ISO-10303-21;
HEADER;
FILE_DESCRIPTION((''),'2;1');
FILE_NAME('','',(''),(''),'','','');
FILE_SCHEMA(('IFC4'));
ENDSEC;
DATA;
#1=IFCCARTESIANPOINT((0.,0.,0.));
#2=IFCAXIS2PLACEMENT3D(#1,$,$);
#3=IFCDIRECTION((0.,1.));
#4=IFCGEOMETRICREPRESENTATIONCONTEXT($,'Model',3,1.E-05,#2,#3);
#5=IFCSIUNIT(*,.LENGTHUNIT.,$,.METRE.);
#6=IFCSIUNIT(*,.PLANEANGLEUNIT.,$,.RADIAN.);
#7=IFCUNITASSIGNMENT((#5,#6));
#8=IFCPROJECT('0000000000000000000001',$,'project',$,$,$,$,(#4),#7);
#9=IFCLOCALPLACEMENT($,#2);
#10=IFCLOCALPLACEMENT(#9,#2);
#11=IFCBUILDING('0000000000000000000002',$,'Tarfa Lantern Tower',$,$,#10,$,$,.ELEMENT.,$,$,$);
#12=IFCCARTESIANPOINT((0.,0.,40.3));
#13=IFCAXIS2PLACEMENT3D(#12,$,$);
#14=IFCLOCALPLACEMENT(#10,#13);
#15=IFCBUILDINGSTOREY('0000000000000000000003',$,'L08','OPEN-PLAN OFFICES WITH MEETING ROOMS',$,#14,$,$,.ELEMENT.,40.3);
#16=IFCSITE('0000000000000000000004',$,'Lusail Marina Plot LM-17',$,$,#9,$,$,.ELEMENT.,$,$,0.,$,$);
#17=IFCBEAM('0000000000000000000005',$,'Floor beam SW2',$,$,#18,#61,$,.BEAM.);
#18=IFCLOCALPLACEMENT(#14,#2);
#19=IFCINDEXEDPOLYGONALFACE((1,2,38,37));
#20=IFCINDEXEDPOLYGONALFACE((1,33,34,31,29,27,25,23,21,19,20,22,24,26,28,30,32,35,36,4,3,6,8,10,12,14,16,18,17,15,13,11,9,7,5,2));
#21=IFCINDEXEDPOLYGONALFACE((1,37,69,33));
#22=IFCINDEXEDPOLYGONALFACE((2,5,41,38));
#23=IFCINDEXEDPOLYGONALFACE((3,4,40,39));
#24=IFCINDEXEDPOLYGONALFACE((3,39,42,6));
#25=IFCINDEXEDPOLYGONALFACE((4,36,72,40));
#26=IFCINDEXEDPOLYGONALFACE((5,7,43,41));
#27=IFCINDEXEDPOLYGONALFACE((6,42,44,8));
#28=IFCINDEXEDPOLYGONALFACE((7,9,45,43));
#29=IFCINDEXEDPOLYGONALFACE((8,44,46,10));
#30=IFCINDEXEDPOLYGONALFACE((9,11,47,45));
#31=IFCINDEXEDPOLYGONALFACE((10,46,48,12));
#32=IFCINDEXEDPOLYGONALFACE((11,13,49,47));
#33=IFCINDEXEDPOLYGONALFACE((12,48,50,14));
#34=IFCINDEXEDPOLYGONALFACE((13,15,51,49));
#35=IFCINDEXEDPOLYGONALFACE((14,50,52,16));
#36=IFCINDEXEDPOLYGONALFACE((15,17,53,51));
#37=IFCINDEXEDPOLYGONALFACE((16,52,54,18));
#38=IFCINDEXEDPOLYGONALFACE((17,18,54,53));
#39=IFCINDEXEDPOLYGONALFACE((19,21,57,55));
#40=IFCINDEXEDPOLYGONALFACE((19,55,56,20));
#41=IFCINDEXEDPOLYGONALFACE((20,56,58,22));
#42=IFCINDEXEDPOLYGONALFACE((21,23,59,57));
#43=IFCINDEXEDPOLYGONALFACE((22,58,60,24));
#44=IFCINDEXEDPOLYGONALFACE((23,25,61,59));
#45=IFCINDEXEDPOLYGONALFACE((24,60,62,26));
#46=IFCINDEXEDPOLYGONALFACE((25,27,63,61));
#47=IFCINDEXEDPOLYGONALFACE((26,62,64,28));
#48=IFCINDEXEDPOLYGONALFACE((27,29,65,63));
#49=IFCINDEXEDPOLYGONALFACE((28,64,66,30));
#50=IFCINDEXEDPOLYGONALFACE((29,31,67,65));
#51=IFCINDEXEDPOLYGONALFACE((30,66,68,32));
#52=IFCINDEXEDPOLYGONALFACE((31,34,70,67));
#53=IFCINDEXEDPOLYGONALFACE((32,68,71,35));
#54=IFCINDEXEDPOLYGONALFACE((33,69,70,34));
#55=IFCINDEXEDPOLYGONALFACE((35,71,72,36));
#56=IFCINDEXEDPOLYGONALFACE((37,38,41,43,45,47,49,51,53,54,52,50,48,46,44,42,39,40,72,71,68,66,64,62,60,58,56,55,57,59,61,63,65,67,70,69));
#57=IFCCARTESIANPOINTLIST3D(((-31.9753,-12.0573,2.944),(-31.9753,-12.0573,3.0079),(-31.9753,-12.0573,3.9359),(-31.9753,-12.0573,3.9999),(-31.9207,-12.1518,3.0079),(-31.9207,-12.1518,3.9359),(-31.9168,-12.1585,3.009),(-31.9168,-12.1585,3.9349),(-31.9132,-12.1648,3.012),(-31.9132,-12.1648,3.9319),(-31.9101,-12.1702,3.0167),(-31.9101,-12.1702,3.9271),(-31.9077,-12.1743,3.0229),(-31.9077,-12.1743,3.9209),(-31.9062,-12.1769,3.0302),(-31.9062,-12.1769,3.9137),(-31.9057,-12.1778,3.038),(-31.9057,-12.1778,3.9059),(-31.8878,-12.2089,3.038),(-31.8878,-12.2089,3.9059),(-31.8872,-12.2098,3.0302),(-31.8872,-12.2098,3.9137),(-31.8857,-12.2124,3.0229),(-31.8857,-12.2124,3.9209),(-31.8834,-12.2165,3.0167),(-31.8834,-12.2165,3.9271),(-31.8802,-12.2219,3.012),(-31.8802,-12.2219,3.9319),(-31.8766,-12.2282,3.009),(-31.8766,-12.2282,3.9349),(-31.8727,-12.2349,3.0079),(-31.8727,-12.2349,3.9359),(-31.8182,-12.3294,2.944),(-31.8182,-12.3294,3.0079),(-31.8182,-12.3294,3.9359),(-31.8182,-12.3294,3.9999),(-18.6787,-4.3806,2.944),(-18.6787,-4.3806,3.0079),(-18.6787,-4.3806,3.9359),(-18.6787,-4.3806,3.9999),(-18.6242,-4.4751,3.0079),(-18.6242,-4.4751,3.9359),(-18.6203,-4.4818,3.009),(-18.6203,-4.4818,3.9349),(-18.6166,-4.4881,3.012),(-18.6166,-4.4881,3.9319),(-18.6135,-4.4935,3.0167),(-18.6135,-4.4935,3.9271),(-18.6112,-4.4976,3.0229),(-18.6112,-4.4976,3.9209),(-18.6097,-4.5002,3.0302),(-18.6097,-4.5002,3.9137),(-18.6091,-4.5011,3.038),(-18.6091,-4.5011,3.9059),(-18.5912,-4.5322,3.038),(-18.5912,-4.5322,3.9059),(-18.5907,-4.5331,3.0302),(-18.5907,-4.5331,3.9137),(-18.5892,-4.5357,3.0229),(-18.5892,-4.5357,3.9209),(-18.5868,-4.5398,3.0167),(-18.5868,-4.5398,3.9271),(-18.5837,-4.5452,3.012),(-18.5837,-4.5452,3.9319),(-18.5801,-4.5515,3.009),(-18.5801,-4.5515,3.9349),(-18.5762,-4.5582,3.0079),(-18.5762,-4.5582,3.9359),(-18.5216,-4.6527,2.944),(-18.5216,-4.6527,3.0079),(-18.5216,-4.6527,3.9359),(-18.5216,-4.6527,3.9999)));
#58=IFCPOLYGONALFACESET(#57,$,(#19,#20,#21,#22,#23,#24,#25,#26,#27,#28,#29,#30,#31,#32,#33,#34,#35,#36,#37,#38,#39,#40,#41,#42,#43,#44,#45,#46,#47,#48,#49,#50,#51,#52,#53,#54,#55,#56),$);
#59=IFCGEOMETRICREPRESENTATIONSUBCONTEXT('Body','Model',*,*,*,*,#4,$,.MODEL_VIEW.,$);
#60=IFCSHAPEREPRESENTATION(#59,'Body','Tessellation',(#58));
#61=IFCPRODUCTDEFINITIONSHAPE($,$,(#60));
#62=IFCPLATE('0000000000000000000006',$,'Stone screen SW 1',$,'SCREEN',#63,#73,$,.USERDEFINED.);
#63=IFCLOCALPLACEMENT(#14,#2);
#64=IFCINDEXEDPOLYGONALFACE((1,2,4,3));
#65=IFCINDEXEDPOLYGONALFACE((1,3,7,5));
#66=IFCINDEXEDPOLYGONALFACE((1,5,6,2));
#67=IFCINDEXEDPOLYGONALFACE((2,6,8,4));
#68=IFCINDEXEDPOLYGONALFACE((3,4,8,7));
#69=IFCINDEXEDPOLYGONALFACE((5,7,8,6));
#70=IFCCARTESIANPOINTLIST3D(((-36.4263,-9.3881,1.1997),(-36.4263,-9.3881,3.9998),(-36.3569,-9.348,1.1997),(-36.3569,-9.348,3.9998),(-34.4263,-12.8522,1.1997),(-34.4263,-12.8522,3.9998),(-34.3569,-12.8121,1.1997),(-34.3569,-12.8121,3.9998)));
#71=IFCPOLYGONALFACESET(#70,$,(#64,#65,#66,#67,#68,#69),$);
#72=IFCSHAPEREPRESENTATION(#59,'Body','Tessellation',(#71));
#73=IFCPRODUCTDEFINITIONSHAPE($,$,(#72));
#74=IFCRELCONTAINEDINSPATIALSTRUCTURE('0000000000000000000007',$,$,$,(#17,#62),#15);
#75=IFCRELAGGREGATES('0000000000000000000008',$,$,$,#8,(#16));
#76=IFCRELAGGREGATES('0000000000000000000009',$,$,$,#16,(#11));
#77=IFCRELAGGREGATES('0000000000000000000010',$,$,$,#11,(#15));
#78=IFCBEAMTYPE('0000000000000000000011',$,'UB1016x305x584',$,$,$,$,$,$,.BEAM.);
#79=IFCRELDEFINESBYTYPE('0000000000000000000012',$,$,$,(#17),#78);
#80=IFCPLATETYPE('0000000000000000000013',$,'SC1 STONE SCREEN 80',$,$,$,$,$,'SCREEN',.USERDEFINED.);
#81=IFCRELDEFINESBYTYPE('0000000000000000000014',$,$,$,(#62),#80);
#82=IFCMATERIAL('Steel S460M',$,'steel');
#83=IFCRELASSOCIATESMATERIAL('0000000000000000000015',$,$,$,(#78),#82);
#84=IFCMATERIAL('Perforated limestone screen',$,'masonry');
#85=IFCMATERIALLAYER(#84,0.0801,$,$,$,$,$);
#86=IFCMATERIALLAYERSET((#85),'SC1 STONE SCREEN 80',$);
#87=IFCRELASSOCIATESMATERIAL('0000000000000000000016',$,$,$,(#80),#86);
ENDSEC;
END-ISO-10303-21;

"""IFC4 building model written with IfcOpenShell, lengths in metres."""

from ifc_helpers import new_model, si_unit, direction, frame, origin, origin_2d, place, context, subcontext, project, spatial, rectangle, i_section, extrude, material, layer, layer_set, material_profile, profile_set, type_object, element, save


model = new_model("IFC4")

# Units and contexts
model_context = context("Model", 3, precision=1e-05, world=origin(), true_north=direction((0.0, 1.0)))
body_context = subcontext(model_context, "Body", "Model", "MODEL_VIEW")
ifc_project = project(units=[si_unit("LENGTHUNIT", "METRE"), si_unit("PLANEANGLEUNIT", "RADIAN")], contexts=[model_context])

# Site, building, storey
site_placement = place(None, origin())
site = spatial("IfcSite", under=ifc_project, at=site_placement, Name="Lusail Marina Plot LM-17", CompositionType="ELEMENT", RefElevation=0.0)
building_placement = place(site_placement, origin())
building = spatial("IfcBuilding", under=site, at=building_placement, Name="Tarfa Lantern Tower", CompositionType="ELEMENT")
storey_placement = place(building_placement, frame((0.0, 0.0, 40.3)))
storey = spatial("IfcBuildingStorey", under=building, at=storey_placement, Name="L08", Description="OPEN-PLAN OFFICES WITH MEETING ROOMS", CompositionType="ELEMENT", Elevation=40.3)

# Beam
ifc_material_1 = material(Name="Steel S460M", Category="steel")
ifc_material_profile_1 = material_profile(ifc_material_1, i_section(OverallWidth=0.3142, OverallDepth=1.0559, WebThickness=0.0359, FlangeThickness=0.064, FilletRadius=0.03, at=origin_2d()), Name="UB1016x305x584")
ifc_profile_set_1 = profile_set([ifc_material_profile_1], Name="Steel S460M")
beam_type_1 = type_object("IfcBeamType", Name="UB1016x305x584", PredefinedType="BEAM", material=ifc_profile_set_1)
beam_1_placement = place(storey_placement, frame((-31.8967, -12.1934, 3.4719), z_axis=(0.866027, 0.499997, 0.0), x_axis=(-0.499997, 0.866027, 0.0)))
element("IfcBeam", 1, at=beam_1_placement, inside=storey, type_object=beam_type_1, Name="Floor beam SW2", PredefinedType="BEAM", context=body_context, shape_type="SweptSolid", body=[
    extrude(i_section(OverallWidth=0.3142, OverallDepth=1.0559, WebThickness=0.0359, FlangeThickness=0.064, FilletRadius=0.03, at=origin_2d()), origin(), (0.0, 0.0, 1.0), 15.3535),
])

# Plate
ifc_material_2 = material(Name="Perforated limestone screen", Category="masonry")
ifc_layer_1 = layer(ifc_material_2, 0.0801)
ifc_layer_set_1 = layer_set([ifc_layer_1], Name="SC1 STONE SCREEN 80")
plate_type = type_object("IfcPlateType", Name="SC1 STONE SCREEN 80", ElementType="SCREEN", PredefinedType="USERDEFINED", material=ifc_layer_set_1)
plate_placement = place(storey_placement, frame((-35.3916, -11.1001, 1.1997), z_axis=(0.0, 0.0, 1.0), x_axis=(0.5, -0.866025, 0.0)))
element("IfcPlate", 2, at=plate_placement, inside=storey, type_object=plate_type, Name="Stone screen SW 1", ObjectType="SCREEN", PredefinedType="USERDEFINED", context=body_context, shape_type="SweptSolid", body=[
    extrude(rectangle(XDim=4.0, YDim=0.0801, at=origin_2d()), origin(), (0.0, 0.0, 1.0), 2.8),
])

save(model, "model.ifc")
